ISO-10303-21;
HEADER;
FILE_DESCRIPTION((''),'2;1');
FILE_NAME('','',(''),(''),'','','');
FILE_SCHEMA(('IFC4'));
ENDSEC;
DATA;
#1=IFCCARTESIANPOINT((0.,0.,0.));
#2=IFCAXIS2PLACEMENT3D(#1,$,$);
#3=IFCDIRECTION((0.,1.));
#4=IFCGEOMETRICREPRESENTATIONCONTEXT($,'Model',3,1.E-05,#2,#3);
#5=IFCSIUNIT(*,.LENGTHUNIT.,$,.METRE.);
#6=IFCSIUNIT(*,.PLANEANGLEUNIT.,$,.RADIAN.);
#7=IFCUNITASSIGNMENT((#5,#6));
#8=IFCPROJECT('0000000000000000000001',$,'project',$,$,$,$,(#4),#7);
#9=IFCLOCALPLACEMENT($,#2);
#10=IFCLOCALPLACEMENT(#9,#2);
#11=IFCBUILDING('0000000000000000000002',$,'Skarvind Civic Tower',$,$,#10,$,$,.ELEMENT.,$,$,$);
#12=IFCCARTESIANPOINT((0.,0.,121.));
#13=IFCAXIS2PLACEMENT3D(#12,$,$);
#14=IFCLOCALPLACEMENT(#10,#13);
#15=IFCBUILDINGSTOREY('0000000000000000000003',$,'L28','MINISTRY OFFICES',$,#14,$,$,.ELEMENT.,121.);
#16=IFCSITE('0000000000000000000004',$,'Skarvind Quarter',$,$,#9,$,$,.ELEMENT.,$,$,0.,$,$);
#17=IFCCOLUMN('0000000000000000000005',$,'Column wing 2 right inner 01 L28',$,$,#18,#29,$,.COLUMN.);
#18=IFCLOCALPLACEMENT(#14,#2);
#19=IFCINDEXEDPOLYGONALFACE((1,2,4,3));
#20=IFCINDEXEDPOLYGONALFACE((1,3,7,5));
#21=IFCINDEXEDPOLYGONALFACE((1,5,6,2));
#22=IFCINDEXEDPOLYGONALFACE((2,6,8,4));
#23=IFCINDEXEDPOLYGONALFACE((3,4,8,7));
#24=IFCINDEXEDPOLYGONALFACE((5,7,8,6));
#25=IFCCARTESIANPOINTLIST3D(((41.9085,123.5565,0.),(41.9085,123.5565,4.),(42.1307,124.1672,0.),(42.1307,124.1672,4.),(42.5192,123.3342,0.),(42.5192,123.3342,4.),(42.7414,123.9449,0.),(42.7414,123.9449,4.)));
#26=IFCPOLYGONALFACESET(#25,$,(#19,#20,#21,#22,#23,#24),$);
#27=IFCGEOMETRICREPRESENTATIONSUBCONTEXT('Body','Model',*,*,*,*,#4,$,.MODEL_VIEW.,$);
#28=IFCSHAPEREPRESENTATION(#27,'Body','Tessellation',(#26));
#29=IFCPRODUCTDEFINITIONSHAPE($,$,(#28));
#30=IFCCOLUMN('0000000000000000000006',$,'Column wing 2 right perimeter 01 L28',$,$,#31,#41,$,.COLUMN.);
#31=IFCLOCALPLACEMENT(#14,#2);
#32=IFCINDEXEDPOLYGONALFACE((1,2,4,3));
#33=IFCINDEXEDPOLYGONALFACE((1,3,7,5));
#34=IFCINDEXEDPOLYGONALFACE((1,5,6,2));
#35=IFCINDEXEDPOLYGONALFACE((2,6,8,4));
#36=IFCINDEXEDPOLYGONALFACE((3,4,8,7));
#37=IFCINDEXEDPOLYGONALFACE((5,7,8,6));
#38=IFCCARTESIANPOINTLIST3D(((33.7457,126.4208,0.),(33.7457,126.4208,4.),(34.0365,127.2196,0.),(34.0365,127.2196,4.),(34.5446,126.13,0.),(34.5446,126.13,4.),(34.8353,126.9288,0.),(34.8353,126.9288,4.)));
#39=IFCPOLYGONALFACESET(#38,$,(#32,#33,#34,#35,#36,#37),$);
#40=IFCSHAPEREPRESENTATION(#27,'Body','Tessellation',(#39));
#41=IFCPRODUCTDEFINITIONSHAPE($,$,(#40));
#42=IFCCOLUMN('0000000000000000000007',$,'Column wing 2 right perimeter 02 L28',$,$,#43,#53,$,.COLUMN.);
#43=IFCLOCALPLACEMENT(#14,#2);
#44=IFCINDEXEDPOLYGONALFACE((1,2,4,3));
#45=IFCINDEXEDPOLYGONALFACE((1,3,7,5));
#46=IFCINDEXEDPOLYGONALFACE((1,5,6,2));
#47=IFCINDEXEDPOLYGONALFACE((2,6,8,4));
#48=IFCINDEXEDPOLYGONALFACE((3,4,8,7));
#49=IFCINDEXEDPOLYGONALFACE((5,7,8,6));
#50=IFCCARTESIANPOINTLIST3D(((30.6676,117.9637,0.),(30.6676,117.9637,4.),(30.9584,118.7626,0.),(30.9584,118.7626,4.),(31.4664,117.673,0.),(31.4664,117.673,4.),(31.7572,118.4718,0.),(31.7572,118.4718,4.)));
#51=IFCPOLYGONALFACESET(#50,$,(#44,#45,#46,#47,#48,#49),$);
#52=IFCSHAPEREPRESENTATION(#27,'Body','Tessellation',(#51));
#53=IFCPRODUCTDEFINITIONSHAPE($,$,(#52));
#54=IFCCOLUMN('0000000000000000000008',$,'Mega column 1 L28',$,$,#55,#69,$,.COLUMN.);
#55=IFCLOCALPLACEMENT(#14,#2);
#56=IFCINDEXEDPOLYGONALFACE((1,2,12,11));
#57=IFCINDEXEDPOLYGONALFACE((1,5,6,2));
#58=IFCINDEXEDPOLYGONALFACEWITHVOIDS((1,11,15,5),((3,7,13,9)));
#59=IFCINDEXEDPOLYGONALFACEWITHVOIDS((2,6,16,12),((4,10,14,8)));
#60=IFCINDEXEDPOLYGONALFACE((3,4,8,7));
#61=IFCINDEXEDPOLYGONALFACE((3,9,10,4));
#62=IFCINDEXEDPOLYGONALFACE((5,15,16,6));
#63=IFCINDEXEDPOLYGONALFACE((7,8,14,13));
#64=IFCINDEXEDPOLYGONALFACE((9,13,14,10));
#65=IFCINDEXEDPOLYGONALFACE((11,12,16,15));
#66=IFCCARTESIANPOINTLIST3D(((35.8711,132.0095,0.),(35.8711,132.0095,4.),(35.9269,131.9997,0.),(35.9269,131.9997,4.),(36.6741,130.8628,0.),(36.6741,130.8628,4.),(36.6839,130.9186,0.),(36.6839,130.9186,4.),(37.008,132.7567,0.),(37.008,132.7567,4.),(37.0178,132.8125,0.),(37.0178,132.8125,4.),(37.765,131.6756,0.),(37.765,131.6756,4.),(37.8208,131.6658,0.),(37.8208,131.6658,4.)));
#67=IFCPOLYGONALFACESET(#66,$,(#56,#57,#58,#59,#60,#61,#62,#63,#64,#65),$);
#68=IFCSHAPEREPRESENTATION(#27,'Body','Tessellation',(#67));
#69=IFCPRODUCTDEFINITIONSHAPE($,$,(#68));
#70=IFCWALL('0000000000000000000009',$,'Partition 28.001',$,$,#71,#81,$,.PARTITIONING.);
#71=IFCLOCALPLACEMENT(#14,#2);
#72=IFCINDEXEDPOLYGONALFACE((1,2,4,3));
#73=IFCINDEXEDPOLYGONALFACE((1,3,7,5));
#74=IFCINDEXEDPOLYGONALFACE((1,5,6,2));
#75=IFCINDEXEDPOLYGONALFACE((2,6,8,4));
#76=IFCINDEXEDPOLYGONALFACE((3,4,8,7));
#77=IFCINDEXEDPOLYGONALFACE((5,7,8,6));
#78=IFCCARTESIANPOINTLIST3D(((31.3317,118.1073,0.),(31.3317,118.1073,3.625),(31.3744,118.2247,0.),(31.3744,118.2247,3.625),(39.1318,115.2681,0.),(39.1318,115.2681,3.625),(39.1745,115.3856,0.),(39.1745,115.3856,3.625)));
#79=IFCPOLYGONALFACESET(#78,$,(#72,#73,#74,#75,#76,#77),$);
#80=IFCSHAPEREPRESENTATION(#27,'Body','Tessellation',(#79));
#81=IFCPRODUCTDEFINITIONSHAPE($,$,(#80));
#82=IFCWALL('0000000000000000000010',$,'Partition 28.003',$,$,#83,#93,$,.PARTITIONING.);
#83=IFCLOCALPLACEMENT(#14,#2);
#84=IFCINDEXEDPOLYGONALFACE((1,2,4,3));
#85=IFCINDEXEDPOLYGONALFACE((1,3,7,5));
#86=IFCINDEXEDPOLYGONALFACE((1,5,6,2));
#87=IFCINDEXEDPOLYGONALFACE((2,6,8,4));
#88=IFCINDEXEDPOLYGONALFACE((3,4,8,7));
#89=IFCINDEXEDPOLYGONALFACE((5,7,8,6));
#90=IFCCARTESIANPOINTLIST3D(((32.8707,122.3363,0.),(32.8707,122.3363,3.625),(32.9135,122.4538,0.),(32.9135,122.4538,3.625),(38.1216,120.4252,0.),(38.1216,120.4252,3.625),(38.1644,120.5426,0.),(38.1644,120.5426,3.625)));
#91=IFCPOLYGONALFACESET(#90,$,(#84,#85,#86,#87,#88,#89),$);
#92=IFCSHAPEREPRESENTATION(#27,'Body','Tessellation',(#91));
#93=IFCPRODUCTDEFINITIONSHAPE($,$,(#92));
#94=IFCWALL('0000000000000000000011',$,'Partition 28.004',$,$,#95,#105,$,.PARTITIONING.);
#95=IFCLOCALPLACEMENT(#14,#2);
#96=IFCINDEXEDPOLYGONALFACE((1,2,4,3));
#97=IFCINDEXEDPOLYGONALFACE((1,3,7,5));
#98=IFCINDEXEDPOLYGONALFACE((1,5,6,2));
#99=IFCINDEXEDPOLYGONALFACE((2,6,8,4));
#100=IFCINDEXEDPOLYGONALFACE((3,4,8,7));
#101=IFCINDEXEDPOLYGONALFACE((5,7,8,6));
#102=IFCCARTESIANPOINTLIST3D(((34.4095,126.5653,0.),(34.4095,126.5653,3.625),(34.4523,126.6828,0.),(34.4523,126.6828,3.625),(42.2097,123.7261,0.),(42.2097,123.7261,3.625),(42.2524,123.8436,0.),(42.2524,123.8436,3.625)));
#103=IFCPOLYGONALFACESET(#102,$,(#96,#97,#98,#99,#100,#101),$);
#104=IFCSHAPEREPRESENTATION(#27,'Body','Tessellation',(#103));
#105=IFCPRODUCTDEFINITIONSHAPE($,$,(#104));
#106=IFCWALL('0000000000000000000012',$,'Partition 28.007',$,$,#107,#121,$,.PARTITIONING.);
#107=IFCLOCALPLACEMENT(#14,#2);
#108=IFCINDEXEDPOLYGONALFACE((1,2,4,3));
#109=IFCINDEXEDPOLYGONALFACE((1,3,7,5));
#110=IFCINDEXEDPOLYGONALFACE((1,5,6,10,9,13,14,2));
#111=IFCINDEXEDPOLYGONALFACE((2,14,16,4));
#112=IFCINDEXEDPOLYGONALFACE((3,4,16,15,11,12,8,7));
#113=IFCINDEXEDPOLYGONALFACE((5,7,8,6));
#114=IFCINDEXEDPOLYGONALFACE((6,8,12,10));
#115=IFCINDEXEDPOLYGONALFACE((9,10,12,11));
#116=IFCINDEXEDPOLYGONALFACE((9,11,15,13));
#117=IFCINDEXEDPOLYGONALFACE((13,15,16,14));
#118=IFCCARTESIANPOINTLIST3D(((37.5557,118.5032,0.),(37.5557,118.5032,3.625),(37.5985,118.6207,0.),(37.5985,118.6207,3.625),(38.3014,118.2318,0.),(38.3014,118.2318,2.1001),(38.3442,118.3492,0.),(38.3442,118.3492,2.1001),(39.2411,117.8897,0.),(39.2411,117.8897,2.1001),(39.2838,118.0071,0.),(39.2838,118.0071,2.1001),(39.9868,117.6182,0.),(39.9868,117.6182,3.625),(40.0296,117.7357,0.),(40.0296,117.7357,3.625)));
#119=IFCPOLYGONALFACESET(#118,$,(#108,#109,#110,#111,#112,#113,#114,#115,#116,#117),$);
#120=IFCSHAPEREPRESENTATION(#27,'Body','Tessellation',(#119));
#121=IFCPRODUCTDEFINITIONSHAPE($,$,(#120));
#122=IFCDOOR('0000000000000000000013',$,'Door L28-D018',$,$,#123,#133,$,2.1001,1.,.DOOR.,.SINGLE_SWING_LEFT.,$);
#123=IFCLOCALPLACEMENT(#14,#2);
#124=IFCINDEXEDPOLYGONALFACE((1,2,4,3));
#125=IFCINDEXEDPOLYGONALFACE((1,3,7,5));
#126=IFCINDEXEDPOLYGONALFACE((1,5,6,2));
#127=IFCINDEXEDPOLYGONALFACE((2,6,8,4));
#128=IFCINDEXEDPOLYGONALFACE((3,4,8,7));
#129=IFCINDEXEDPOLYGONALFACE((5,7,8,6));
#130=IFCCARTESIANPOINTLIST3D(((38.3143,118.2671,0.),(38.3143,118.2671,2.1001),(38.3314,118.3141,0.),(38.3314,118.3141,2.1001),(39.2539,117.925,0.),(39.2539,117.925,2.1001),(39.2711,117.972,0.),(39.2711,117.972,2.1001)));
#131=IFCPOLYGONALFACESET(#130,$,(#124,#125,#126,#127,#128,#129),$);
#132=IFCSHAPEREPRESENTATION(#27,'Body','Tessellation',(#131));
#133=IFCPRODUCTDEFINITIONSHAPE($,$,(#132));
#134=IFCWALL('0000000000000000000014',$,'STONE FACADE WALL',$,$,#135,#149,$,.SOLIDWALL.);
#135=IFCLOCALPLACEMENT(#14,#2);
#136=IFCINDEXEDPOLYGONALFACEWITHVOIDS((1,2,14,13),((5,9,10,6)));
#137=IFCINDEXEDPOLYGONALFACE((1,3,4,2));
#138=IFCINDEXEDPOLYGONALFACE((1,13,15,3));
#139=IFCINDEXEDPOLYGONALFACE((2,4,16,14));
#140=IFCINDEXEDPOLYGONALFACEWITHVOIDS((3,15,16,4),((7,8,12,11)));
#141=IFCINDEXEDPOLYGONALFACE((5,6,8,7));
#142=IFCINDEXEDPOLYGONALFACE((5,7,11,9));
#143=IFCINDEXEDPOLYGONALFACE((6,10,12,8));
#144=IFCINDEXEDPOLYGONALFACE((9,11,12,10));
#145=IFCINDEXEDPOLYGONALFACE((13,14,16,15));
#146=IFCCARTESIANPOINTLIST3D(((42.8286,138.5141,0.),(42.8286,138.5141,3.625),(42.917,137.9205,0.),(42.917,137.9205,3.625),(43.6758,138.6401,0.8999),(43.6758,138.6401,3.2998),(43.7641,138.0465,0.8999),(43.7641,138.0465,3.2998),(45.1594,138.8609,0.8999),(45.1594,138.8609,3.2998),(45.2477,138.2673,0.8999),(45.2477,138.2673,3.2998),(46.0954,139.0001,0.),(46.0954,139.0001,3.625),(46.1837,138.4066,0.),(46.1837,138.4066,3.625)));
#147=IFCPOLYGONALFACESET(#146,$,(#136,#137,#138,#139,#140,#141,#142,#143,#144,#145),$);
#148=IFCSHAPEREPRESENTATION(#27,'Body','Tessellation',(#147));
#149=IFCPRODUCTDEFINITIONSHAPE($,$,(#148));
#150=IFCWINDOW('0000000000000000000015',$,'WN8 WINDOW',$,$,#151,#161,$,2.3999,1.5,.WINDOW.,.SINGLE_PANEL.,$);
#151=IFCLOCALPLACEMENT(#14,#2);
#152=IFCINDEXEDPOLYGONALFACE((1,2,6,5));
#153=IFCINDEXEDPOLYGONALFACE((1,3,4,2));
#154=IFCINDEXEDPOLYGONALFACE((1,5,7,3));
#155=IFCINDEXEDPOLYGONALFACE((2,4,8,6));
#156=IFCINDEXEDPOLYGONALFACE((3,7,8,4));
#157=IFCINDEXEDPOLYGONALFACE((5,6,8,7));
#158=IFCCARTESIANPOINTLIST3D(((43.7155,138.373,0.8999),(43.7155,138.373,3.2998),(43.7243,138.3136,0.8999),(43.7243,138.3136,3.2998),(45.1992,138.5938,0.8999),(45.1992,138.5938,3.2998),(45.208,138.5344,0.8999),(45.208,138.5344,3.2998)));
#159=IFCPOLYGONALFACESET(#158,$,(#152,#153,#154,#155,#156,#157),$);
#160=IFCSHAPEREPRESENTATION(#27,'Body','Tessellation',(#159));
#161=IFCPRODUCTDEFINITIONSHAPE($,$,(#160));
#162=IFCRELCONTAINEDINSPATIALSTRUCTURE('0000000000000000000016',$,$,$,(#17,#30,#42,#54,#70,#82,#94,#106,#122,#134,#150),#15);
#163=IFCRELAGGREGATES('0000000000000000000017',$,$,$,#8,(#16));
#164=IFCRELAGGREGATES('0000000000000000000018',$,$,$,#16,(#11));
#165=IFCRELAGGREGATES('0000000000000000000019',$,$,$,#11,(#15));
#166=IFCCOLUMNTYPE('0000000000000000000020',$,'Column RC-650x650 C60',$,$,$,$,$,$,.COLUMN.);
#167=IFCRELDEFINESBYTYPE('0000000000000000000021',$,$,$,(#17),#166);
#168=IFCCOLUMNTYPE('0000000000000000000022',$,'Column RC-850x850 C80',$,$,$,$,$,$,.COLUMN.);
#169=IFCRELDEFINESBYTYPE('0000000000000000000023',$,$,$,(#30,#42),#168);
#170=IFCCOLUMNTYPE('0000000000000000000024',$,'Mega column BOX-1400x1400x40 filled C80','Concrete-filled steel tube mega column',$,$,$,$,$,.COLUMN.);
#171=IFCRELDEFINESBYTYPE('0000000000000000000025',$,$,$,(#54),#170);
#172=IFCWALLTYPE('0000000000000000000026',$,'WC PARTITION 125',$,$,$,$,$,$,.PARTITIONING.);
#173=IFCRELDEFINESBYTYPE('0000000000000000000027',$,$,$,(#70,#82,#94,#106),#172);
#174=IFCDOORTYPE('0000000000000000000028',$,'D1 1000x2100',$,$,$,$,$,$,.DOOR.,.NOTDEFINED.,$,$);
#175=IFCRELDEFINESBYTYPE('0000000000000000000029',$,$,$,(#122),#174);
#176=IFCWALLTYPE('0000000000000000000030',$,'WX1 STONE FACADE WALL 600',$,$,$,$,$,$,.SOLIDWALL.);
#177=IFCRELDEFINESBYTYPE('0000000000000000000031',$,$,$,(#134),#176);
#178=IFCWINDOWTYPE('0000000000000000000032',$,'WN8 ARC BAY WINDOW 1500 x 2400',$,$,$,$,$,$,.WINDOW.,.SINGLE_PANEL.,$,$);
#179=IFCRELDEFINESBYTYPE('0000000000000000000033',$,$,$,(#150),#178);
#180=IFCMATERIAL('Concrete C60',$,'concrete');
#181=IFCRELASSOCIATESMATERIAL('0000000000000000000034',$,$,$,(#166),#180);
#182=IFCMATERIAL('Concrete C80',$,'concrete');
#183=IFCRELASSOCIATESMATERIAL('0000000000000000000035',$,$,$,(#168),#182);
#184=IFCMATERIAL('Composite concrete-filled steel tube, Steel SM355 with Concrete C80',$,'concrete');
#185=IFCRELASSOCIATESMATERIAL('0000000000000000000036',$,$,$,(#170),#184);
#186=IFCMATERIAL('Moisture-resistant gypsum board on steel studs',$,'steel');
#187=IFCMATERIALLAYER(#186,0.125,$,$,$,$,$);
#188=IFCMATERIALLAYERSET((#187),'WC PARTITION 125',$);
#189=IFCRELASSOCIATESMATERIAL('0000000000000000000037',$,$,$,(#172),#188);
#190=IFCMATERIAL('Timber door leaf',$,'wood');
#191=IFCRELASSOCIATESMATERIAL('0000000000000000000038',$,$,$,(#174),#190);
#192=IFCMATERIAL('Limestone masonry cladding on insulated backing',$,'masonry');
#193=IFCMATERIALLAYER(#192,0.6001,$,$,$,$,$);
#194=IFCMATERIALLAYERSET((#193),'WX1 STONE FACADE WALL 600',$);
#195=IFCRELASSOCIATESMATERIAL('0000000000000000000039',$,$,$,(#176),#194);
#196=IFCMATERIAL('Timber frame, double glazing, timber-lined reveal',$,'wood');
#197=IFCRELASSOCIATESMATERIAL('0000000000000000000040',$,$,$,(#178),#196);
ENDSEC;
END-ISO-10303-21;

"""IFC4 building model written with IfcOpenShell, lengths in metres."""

from ifc_helpers import new_model, si_unit, direction, frame, frame_2d, origin, origin_2d, place, context, subcontext, project, spatial, rectangle, hollow_rectangle, extrude, material, layer, layer_set, material_profile, profile_set, type_object, element, fill, save


model = new_model("IFC4")

# Units and contexts
model_context = context("Model", 3, precision=1e-05, world=origin(), true_north=direction((0.0, 1.0)))
body_context = subcontext(model_context, "Body", "Model", "MODEL_VIEW")
ifc_project = project(units=[si_unit("LENGTHUNIT", "METRE"), si_unit("PLANEANGLEUNIT", "RADIAN")], contexts=[model_context])

# Site, building, storey
site_placement = place(None, origin())
site = spatial("IfcSite", under=ifc_project, at=site_placement, Name="Skarvind Quarter", CompositionType="ELEMENT", RefElevation=0.0)
building_placement = place(site_placement, origin())
building = spatial("IfcBuilding", under=site, at=building_placement, Name="Skarvind Civic Tower", CompositionType="ELEMENT")
storey_placement = place(building_placement, frame((0.0, 0.0, 121.0)))
storey = spatial("IfcBuildingStorey", under=building, at=storey_placement, Name="L28", Description="MINISTRY OFFICES", CompositionType="ELEMENT", Elevation=121.0)

# Columns
ifc_material_1 = material(Name="Concrete C60", Category="concrete")
ifc_material_profile_1 = material_profile(ifc_material_1, rectangle(XDim=0.6499, YDim=0.6499, at=origin_2d()), Name="RC-650x650")
ifc_profile_set_1 = profile_set([ifc_material_profile_1], Name="Concrete C60")
column_type_1 = type_object("IfcColumnType", Name="Column RC-650x650 C60", PredefinedType="COLUMN", material=ifc_profile_set_1)
column_1_placement = place(storey_placement, frame((42.325, 123.7507, 0.0), z_axis=(0.0, 0.0, 1.0), x_axis=(-0.34202, -0.939693, 0.0)))
element("IfcColumn", 1, at=column_1_placement, inside=storey, type_object=column_type_1, Name="Column wing 2 right inner 01 L28", PredefinedType="COLUMN", context=body_context, shape_type="SweptSolid", body=[
    extrude(rectangle(XDim=0.6499, YDim=0.6499, at=origin_2d()), origin(), (0.0, 0.0, 1.0), 4.0),
])
ifc_material_2 = material(Name="Concrete C80", Category="concrete")
ifc_material_profile_2 = material_profile(ifc_material_2, rectangle(XDim=0.8501, YDim=0.8501, at=origin_2d()), Name="RC-850x850")
ifc_profile_set_2 = profile_set([ifc_material_profile_2], Name="Concrete C80")
column_type_2 = type_object("IfcColumnType", Name="Column RC-850x850 C80", PredefinedType="COLUMN", material=ifc_profile_set_2)
for number, where, z_axis, x_axis, name in (
    (2, (34.2905, 126.6748, 0.0), (0.0, 0.0, 1.0), (-0.34202, -0.939693, 0.0), "Column wing 2 right perimeter 01 L28"),
    (3, (31.2124, 118.2178, 0.0), (0.0, 0.0, 1.0), (-0.34202, -0.939693, 0.0), "Column wing 2 right perimeter 02 L28"),
):
    element("IfcColumn", number, at=place(storey_placement, frame(where, z_axis=z_axis, x_axis=x_axis)), inside=storey, type_object=column_type_2, Name=name, PredefinedType="COLUMN", context=body_context, shape_type="SweptSolid", body=[
        extrude(rectangle(XDim=0.8501, YDim=0.8501, at=origin_2d()), origin(), (0.0, 0.0, 1.0), 4.0),
    ])
ifc_material_3 = material(Name="Composite concrete-filled steel tube, Steel SM355 with Concrete C80", Category="concrete")
ifc_material_profile_3 = material_profile(ifc_material_3, hollow_rectangle(XDim=1.3999, YDim=1.3999, WallThickness=0.04, at=origin_2d()), Name="BOX-1400x1400x40")
ifc_profile_set_3 = profile_set([ifc_material_profile_3], Name="Composite concrete-filled steel tube, Steel SM355 with Concrete C80")
column_type_3 = type_object("IfcColumnType", Name="Mega column BOX-1400x1400x40 filled C80", Description="Concrete-filled steel tube mega column", PredefinedType="COLUMN", material=ifc_profile_set_3)
column_2_placement = place(storey_placement, frame((36.8459, 131.8376, 0.0), z_axis=(0.0, 0.0, 1.0), x_axis=(0.573576, -0.819152, 0.0)))
element("IfcColumn", 4, at=column_2_placement, inside=storey, type_object=column_type_3, Name="Mega column 1 L28", PredefinedType="COLUMN", context=body_context, shape_type="SweptSolid", body=[
    extrude(hollow_rectangle(XDim=1.3999, YDim=1.3999, WallThickness=0.04, at=origin_2d()), origin(), (0.0, 0.0, 1.0), 4.0),
])

# Walls
ifc_material_4 = material(Name="Moisture-resistant gypsum board on steel studs", Category="steel")
ifc_layer_1 = layer(ifc_material_4, 0.125)
ifc_layer_set_1 = layer_set([ifc_layer_1], Name="WC PARTITION 125")
wall_type_1 = type_object("IfcWallType", Name="WC PARTITION 125", PredefinedType="PARTITIONING", material=ifc_layer_set_1)
wall_1_placement = place(storey_placement, frame((31.353, 118.166, 0.0), z_axis=(0.0, 0.0, 1.0), x_axis=(0.939688, -0.342034, 0.0)))
element("IfcWall", 5, at=wall_1_placement, inside=storey, type_object=wall_type_1, Name="Partition 28.001", PredefinedType="PARTITIONING", context=body_context, shape_type="SweptSolid", body=[
    extrude(rectangle(XDim=8.3008, YDim=0.125, at=frame_2d((4.1504, 0.0))), origin(), (0.0, 0.0, 1.0), 3.625),
])
wall_2_placement = place(storey_placement, frame((32.8921, 122.395, 0.0), z_axis=(0.0, 0.0, 1.0), x_axis=(0.939696, -0.34201, 0.0)))
element("IfcWall", 6, at=wall_2_placement, inside=storey, type_object=wall_type_1, Name="Partition 28.003", PredefinedType="PARTITIONING", context=body_context, shape_type="SweptSolid", body=[
    extrude(rectangle(XDim=5.5879, YDim=0.125, at=frame_2d((2.7939, 0.0))), origin(), (0.0, 0.0, 1.0), 3.625),
])
wall_3_placement = place(storey_placement, frame((34.4309, 126.624, 0.0), z_axis=(0.0, 0.0, 1.0), x_axis=(0.939688, -0.342034, 0.0)))
element("IfcWall", 7, at=wall_3_placement, inside=storey, type_object=wall_type_1, Name="Partition 28.004", PredefinedType="PARTITIONING", context=body_context, shape_type="SweptSolid", body=[
    extrude(rectangle(XDim=8.3008, YDim=0.125, at=frame_2d((4.1504, 0.0))), origin(), (0.0, 0.0, 1.0), 3.625),
])

# Wall, opening, door
wall_4_placement = place(storey_placement, frame((40.0081, 117.677, 0.0), z_axis=(0.0, 0.0, 1.0), x_axis=(-0.939675, 0.342069, 0.0)))
wall_4 = element("IfcWall", 8, at=wall_4_placement, inside=storey, type_object=wall_type_1, Name="Partition 28.007", PredefinedType="PARTITIONING", context=body_context, shape_type="SweptSolid", body=[
    extrude(rectangle(XDim=2.5872, YDim=0.125, at=frame_2d((1.2935, 0.0))), origin(), (0.0, 0.0, 1.0), 3.625),
])
opening_1_placement = place(wall_4_placement, frame((0.7935, 0.0, 0.0)))
opening_1 = element("IfcOpeningElement", 9, at=opening_1_placement, cuts=wall_4, PredefinedType="OPENING", context=body_context, shape_type="SweptSolid", body=[
    extrude(rectangle(XDim=1.0, YDim=2.1001, at=frame_2d((0.5, 1.05))), frame((0.0, 0.0725, 0.0), z_axis=(0.0, -1.0, 0.0), x_axis=(1.0, 0.0, 0.0)), (0.0, 0.0, 1.0), 0.145),
])
ifc_material_5 = material(Name="Timber door leaf", Category="wood")
door_type = type_object("IfcDoorType", Name="D1 1000x2100", OperationType="NOTDEFINED", PredefinedType="DOOR", material=ifc_material_5)
door_placement = place(opening_1_placement, origin())
door = element("IfcDoor", 10, at=door_placement, inside=storey, type_object=door_type, Name="Door L28-D018", OperationType="SINGLE_SWING_LEFT", OverallHeight=2.1001, OverallWidth=1.0, PredefinedType="DOOR", context=body_context, shape_type="SweptSolid", body=[
    extrude(rectangle(XDim=1.0, YDim=2.1001, at=frame_2d((0.5, 1.05))), frame((0.0, 0.0249, 0.0), z_axis=(0.0, -1.0, 0.0), x_axis=(1.0, 0.0, 0.0)), (0.0, 0.0, 1.0), 0.05),
])
fill(opening_1, door)

# Wall, opening, window
ifc_material_6 = material(Name="Limestone masonry cladding on insulated backing", Category="masonry")
ifc_layer_2 = layer(ifc_material_6, 0.6001)
ifc_layer_set_2 = layer_set([ifc_layer_2], Name="WX1 STONE FACADE WALL 600")
wall_type_2 = type_object("IfcWallType", Name="WX1 STONE FACADE WALL 600", PredefinedType="SOLIDWALL", material=ifc_layer_set_2)
wall_5_placement = place(storey_placement, frame((42.8728, 138.2173, 0.0), z_axis=(0.0, 0.0, 1.0), x_axis=(0.989111, 0.147173, 0.0)))
wall_5 = element("IfcWall", 11, at=wall_5_placement, inside=storey, type_object=wall_type_2, Name="STONE FACADE WALL", PredefinedType="SOLIDWALL", context=body_context, shape_type="SweptSolid", body=[
    extrude(rectangle(XDim=3.3027, YDim=0.6001, at=frame_2d((1.6514, 0.0))), origin(), (0.0, 0.0, 1.0), 3.625),
])
opening_2_placement = place(wall_5_placement, frame((0.8564, 0.0, 0.8999)))
opening_2 = element("IfcOpeningElement", 12, at=opening_2_placement, cuts=wall_5, PredefinedType="OPENING", context=body_context, shape_type="SweptSolid", body=[
    extrude(rectangle(XDim=1.5, YDim=2.3999, at=frame_2d((0.75, 1.2))), frame((0.0, 0.3101, 0.0), z_axis=(0.0, -1.0, 0.0), x_axis=(1.0, 0.0, 0.0)), (0.0, 0.0, 1.0), 0.6201),
])
ifc_material_7 = material(Name="Timber frame, double glazing, timber-lined reveal", Category="wood")
window_type = type_object("IfcWindowType", Name="WN8 ARC BAY WINDOW 1500 x 2400", PartitioningType="SINGLE_PANEL", PredefinedType="WINDOW", material=ifc_material_7)
window_1_placement = place(opening_2_placement, origin())
window_1 = element("IfcWindow", 13, at=window_1_placement, inside=storey, type_object=window_type, Name="WN8 WINDOW", OverallHeight=2.3999, OverallWidth=1.5, PartitioningType="SINGLE_PANEL", PredefinedType="WINDOW", context=body_context, shape_type="SweptSolid", body=[
    extrude(rectangle(XDim=1.5, YDim=2.3999, at=frame_2d((0.75, 1.2))), frame((0.0, 0.03, 0.0), z_axis=(0.0, -1.0, 0.0), x_axis=(1.0, 0.0, 0.0)), (0.0, 0.0, 1.0), 0.0601),
])
fill(opening_2, window_1)

save(model, "model.ifc")
